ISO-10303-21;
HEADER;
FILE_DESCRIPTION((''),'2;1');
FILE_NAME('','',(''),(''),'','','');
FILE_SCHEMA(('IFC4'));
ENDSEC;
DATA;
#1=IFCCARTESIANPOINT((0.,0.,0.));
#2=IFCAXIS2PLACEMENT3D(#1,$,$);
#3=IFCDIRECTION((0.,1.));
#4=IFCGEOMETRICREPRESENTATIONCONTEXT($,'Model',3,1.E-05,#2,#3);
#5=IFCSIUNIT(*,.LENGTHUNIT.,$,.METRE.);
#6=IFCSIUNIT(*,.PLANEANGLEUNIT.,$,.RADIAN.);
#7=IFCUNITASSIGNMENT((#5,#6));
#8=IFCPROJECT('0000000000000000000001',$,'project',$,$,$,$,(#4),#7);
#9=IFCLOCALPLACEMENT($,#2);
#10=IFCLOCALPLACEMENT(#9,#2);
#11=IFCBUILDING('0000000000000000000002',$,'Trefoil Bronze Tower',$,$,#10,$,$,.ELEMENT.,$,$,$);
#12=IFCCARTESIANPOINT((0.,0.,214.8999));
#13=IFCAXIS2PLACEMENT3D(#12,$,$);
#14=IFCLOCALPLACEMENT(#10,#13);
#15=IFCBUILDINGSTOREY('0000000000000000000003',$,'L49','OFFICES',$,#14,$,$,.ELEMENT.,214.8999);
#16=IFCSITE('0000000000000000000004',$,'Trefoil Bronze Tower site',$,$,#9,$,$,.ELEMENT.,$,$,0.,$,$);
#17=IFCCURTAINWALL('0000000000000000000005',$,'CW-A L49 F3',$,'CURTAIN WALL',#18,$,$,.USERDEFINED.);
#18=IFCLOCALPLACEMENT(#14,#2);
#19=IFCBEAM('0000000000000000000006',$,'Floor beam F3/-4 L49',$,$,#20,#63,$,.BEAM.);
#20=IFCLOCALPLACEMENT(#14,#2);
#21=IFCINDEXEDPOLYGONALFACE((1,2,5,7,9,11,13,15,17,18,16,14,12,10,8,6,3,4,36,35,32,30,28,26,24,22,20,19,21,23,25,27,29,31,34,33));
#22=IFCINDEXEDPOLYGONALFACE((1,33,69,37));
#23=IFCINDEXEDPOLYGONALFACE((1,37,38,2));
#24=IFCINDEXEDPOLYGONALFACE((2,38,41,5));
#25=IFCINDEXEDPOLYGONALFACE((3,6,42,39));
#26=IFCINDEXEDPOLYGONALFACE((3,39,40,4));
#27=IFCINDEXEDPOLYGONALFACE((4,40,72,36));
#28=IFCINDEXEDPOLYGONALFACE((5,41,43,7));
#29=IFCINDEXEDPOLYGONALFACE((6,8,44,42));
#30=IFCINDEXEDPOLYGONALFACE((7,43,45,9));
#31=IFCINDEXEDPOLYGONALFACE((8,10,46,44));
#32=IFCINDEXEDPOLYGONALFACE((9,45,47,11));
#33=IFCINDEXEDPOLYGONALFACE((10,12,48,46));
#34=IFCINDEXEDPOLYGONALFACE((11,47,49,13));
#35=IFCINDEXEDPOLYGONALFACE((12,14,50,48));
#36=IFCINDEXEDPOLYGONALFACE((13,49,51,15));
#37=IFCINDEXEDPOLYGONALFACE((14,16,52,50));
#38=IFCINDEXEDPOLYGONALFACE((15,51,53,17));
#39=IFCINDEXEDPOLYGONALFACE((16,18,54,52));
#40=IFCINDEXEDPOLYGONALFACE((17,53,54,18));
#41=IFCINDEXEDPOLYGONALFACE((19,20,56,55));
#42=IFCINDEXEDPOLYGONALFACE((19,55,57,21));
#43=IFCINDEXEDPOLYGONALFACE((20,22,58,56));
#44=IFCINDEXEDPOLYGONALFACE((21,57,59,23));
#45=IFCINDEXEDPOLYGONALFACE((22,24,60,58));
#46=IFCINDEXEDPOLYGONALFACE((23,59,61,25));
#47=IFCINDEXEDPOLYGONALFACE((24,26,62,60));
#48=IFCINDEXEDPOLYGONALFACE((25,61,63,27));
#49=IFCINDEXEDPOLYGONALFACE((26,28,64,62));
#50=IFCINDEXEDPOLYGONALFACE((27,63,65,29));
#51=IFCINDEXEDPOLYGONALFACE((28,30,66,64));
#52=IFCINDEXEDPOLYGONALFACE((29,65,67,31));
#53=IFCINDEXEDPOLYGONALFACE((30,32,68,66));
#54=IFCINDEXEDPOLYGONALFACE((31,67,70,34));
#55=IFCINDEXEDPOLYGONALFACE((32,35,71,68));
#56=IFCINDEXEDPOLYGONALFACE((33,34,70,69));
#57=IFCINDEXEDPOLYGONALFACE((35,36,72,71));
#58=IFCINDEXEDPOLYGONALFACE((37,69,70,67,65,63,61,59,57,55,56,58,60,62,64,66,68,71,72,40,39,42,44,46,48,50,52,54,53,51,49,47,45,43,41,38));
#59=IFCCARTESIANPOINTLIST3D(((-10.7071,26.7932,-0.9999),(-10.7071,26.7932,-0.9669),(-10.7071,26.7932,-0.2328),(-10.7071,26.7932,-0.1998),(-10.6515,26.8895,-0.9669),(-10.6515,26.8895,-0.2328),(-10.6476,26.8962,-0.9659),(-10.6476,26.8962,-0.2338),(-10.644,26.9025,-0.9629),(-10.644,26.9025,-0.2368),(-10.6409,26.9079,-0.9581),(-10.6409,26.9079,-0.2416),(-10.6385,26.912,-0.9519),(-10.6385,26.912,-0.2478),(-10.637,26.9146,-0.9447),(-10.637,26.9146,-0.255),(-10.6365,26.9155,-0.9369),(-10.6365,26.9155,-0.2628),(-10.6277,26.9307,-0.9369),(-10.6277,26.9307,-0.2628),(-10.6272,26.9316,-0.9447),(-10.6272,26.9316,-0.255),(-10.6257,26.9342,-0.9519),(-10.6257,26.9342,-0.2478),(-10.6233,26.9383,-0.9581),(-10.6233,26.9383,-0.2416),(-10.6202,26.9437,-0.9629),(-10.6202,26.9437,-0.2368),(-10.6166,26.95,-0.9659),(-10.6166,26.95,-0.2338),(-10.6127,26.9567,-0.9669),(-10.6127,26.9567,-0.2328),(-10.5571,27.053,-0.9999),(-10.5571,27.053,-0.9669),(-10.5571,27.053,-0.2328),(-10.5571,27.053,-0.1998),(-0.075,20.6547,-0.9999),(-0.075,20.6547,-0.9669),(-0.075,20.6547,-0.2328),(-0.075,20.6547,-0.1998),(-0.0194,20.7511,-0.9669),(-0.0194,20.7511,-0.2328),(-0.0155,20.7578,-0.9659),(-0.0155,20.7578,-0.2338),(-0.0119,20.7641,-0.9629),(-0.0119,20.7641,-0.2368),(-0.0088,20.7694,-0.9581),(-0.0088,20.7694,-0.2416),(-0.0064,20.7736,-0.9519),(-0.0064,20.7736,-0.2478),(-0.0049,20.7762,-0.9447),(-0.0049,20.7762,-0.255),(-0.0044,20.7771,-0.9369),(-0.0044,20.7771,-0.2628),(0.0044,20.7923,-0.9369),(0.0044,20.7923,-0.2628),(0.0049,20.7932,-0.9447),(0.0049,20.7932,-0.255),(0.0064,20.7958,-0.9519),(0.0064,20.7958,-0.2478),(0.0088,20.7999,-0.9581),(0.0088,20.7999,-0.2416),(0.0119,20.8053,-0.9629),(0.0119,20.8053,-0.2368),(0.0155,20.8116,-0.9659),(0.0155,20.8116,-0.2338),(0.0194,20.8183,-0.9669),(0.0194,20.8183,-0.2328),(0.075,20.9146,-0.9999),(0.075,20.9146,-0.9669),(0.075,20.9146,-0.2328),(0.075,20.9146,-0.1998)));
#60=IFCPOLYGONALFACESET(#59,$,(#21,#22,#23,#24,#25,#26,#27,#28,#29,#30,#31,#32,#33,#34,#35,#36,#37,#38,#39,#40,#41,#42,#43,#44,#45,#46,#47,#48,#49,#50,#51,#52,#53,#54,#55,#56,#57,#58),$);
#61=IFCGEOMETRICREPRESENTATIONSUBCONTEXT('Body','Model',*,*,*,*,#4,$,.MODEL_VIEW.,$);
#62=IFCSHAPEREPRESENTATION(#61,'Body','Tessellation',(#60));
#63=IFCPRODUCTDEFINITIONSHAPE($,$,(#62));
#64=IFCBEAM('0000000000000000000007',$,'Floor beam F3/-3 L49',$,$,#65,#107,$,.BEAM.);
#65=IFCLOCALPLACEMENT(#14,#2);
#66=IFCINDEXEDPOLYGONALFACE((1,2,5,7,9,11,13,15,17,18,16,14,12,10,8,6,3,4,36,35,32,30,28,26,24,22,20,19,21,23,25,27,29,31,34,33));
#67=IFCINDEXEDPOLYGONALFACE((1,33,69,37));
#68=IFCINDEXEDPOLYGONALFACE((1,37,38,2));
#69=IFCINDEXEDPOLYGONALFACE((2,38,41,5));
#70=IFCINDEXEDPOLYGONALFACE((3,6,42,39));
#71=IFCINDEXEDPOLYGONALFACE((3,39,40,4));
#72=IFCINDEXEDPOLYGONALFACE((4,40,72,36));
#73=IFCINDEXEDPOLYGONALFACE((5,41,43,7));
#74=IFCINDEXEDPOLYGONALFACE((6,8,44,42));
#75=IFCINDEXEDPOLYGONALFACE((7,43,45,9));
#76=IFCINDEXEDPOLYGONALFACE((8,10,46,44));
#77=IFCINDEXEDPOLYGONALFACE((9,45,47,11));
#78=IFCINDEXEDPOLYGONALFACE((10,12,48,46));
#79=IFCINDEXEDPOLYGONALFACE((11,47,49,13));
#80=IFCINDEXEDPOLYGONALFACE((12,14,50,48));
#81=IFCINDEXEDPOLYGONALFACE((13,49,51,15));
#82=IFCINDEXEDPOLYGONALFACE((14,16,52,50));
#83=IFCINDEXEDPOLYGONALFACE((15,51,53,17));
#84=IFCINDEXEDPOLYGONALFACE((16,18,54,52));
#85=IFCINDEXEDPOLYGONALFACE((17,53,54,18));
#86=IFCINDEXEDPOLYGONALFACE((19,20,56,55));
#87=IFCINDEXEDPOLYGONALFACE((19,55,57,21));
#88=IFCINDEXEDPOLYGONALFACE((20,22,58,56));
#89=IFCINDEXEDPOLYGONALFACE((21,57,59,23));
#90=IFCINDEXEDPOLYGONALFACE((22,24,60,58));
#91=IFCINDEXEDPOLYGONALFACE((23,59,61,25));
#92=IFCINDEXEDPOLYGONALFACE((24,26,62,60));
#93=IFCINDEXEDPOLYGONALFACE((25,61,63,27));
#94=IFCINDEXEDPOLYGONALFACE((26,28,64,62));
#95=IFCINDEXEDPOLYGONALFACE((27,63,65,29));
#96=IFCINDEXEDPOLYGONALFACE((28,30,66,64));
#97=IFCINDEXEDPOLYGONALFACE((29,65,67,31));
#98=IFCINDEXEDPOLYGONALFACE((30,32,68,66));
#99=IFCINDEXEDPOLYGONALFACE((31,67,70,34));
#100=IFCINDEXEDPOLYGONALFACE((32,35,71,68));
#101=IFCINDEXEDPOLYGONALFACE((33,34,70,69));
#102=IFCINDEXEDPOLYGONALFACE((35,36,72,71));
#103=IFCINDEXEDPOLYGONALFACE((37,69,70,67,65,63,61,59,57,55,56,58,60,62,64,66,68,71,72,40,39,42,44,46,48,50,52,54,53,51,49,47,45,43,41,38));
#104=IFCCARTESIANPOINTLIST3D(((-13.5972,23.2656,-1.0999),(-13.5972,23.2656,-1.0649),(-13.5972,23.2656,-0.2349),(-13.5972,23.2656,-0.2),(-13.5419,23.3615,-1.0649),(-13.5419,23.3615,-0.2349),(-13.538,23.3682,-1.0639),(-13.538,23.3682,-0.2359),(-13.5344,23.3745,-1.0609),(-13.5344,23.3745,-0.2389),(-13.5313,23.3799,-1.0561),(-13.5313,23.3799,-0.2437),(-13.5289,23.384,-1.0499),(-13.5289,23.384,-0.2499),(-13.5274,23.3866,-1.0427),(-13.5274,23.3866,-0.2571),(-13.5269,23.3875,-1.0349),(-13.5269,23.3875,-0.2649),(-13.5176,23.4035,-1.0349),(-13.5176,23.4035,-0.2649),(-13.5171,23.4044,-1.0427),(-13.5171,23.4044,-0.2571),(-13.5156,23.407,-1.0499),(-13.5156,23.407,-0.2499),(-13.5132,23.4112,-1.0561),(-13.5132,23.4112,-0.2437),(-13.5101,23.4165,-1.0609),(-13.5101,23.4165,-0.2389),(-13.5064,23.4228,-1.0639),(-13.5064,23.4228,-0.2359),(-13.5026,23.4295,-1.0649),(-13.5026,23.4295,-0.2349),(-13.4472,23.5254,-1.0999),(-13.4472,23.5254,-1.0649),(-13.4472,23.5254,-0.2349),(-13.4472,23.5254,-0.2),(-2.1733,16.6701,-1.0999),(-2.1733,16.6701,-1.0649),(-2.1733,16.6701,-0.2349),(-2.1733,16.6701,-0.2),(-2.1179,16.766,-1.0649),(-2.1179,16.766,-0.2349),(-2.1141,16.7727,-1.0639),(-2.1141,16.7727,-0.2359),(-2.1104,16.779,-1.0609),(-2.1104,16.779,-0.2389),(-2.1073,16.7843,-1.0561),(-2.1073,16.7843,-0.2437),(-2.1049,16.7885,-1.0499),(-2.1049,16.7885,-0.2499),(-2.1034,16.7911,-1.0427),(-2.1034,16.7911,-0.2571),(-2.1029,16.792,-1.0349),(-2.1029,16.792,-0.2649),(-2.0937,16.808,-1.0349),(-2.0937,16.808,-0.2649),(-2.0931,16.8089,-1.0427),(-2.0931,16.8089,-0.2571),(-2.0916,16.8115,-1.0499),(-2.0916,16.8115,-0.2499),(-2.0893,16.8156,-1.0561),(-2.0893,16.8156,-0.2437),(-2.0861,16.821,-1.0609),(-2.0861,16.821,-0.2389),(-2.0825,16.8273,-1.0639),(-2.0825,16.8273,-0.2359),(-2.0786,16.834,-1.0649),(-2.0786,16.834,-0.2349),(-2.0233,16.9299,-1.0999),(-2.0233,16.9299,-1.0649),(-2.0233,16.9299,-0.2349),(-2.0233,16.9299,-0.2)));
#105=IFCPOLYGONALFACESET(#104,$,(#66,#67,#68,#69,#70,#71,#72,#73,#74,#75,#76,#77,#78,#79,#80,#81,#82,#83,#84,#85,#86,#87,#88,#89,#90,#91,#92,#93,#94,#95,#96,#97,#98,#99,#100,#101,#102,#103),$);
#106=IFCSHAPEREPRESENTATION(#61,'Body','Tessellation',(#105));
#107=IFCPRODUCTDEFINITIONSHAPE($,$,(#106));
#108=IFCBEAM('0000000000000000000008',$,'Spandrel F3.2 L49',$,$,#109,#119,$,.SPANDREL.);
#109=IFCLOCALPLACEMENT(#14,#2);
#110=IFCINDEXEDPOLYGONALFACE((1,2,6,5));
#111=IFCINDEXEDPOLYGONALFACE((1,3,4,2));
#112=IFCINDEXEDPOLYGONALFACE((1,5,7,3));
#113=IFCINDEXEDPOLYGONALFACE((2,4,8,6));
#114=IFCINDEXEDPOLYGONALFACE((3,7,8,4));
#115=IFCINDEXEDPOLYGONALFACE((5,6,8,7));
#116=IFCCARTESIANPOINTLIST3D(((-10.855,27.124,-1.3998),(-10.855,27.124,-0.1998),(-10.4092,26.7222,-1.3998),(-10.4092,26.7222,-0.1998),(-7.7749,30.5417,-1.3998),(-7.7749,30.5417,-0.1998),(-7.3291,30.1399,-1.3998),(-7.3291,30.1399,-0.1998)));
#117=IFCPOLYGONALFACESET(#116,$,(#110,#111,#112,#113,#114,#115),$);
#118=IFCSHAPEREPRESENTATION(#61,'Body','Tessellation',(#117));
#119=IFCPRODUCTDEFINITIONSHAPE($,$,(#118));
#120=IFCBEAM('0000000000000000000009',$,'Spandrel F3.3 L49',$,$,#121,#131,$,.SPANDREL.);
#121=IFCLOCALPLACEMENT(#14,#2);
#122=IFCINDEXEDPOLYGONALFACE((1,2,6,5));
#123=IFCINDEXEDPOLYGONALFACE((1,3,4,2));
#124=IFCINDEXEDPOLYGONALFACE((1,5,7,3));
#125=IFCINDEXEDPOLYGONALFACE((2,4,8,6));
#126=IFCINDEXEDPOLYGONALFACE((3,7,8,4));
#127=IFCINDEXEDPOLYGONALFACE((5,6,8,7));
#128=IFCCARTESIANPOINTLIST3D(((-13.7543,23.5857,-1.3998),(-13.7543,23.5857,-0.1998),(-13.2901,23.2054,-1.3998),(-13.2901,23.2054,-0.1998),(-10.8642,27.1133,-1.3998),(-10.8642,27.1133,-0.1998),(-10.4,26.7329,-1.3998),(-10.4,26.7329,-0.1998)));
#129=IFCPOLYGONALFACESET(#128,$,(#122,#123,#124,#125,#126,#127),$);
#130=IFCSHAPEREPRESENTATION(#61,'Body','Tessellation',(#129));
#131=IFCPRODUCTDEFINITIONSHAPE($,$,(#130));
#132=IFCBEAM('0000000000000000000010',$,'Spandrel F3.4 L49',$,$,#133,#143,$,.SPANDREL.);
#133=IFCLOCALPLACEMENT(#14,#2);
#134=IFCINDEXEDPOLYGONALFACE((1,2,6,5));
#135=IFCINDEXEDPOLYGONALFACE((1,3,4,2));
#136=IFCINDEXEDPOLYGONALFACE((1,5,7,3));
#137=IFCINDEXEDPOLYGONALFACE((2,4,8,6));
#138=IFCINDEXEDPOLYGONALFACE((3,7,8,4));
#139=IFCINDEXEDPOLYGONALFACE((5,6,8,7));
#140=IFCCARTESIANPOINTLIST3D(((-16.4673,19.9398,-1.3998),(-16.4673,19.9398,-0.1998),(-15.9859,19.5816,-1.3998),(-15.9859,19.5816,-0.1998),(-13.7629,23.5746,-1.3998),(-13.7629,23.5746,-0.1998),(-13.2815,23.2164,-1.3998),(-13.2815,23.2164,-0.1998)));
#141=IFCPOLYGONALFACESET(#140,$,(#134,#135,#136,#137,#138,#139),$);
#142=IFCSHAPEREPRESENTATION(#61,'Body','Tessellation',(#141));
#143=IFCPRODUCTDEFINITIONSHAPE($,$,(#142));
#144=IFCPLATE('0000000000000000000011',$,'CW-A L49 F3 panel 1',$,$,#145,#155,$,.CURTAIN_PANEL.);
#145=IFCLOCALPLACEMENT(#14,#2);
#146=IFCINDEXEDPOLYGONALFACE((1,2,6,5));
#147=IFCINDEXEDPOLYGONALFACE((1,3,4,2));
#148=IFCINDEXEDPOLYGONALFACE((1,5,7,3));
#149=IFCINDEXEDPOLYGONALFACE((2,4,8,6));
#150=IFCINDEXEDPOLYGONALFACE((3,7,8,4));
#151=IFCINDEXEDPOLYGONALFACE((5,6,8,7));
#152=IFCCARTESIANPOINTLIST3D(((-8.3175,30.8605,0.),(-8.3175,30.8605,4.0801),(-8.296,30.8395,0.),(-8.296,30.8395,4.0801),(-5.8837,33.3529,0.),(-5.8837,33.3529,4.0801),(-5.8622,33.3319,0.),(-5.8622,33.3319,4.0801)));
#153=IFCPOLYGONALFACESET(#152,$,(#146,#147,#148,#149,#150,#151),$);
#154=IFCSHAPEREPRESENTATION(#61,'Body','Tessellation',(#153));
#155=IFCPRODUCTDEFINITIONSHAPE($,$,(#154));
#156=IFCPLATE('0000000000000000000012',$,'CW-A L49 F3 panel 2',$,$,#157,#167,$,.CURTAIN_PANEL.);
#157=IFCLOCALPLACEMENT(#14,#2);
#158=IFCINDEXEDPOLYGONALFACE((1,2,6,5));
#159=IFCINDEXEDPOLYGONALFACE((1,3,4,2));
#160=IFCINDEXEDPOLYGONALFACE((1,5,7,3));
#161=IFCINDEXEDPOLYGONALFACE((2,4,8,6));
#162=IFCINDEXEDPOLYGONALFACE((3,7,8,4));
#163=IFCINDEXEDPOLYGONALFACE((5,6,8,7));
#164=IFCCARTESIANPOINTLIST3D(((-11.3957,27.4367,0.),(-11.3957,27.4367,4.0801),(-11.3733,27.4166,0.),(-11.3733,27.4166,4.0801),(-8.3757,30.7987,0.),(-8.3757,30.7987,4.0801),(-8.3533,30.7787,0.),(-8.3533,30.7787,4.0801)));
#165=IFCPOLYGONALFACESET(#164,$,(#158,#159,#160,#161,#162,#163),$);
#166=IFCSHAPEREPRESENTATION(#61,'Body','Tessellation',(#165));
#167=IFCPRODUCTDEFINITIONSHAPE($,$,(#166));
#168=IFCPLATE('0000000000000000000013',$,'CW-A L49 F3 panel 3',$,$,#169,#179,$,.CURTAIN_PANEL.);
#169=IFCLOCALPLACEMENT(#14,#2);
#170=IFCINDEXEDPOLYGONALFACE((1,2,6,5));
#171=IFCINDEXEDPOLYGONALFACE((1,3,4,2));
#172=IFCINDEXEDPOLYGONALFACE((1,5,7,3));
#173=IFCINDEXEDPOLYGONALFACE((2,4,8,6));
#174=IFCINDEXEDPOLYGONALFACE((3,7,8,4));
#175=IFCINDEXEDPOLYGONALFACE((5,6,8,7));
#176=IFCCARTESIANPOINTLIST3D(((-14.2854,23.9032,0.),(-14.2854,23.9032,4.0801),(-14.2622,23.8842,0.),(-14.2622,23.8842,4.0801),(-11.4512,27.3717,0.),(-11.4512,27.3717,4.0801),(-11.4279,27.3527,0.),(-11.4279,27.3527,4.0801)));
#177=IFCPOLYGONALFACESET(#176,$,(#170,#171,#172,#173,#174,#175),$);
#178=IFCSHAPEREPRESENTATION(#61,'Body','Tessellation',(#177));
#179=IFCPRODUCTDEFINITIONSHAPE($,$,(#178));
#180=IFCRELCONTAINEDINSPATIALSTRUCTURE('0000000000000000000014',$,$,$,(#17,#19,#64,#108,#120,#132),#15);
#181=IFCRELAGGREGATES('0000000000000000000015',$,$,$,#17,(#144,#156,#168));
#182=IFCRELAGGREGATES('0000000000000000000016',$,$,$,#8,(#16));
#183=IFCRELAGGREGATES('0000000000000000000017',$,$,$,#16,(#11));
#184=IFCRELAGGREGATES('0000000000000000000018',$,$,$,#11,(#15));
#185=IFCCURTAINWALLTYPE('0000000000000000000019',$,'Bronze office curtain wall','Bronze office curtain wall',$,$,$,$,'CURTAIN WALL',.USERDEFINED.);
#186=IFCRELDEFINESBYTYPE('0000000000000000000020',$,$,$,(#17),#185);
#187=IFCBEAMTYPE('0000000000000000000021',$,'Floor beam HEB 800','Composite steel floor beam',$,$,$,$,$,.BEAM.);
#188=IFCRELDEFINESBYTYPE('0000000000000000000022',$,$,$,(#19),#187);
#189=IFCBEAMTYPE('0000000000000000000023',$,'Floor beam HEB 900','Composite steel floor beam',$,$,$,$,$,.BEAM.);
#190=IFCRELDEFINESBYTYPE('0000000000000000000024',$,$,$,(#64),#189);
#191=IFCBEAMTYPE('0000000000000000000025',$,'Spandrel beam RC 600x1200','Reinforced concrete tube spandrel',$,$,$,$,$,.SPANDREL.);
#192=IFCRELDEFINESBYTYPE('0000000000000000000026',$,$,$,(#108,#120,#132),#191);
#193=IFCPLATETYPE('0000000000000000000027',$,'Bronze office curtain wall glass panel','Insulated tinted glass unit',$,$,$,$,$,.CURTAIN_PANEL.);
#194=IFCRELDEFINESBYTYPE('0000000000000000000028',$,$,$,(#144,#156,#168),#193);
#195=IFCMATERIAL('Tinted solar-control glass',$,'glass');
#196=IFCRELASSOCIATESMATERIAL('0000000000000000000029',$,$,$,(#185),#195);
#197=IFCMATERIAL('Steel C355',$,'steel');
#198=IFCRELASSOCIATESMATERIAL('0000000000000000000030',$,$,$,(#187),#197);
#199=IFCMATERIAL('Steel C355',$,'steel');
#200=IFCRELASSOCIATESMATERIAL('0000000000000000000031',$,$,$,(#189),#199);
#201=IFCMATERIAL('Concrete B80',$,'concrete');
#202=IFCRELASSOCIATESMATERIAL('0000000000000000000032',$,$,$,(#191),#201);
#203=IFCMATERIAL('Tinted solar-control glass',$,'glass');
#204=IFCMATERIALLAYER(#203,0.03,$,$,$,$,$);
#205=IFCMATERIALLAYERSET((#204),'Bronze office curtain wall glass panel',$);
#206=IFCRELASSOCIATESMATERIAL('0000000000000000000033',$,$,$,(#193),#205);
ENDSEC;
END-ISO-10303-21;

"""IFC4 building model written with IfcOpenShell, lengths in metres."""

from ifc_helpers import new_model, si_unit, direction, frame, origin, origin_2d, place, context, subcontext, project, spatial, rectangle, i_section, extrude, material, layer, layer_set, material_profile, profile_set, type_object, element, aggregate, save


model = new_model("IFC4")

# Units and contexts
model_context = context("Model", 3, precision=1e-05, world=origin(), true_north=direction((0.0, 1.0)))
body_context = subcontext(model_context, "Body", "Model", "MODEL_VIEW")
ifc_project = project(units=[si_unit("LENGTHUNIT", "METRE"), si_unit("PLANEANGLEUNIT", "RADIAN")], contexts=[model_context])

# Site, building, storey
site_placement = place(None, origin())
site = spatial("IfcSite", under=ifc_project, at=site_placement, Name="Trefoil Bronze Tower site", CompositionType="ELEMENT", RefElevation=0.0)
building_placement = place(site_placement, origin())
building = spatial("IfcBuilding", under=site, at=building_placement, Name="Trefoil Bronze Tower", CompositionType="ELEMENT")
storey_placement = place(building_placement, frame((0.0, 0.0, 214.8999)))
storey = spatial("IfcBuildingStorey", under=building, at=storey_placement, Name="L49", Description="OFFICES", CompositionType="ELEMENT", Elevation=214.8999)

# Curtain wall
ifc_material_1 = material(Name="Tinted solar-control glass", Category="glass")
curtain_wall_type_1 = type_object("IfcCurtainWallType", Name="Bronze office curtain wall", Description="Bronze office curtain wall", ElementType="CURTAIN WALL", PredefinedType="USERDEFINED", material=ifc_material_1)
curtain_wall_1_placement = place(storey_placement, origin())
curtain_wall_1 = element("IfcCurtainWall", 1, at=curtain_wall_1_placement, inside=storey, type_object=curtain_wall_type_1, Name="CW-A L49 F3", ObjectType="CURTAIN WALL", PredefinedType="USERDEFINED")

# Beams
ifc_material_2 = material(Name="Steel C355", Category="steel")
ifc_material_profile_1 = material_profile(ifc_material_2, i_section(OverallWidth=0.3, OverallDepth=0.8, WebThickness=0.0176, FlangeThickness=0.033, FilletRadius=0.03, at=origin_2d()), Name="HEB 800")
ifc_profile_set_1 = profile_set([ifc_material_profile_1], Name="Steel C355")
beam_type_1 = type_object("IfcBeamType", Name="Floor beam HEB 800", Description="Composite steel floor beam", PredefinedType="BEAM", material=ifc_profile_set_1)
beam_1_placement = place(storey_placement, frame((-10.6321, 26.9231, -0.5999), z_axis=(0.866026, -0.5, 0.0), x_axis=(0.5, 0.866026, 0.0)))
element("IfcBeam", 2, at=beam_1_placement, inside=storey, type_object=beam_type_1, Name="Floor beam F3/-4 L49", PredefinedType="BEAM", context=body_context, shape_type="SweptSolid", body=[
    extrude(i_section(OverallWidth=0.3, OverallDepth=0.8, WebThickness=0.0176, FlangeThickness=0.033, FilletRadius=0.03, at=origin_2d()), origin(), (0.0, 0.0, 1.0), 12.2769),
])
ifc_material_3 = material(Name="Steel C355", Category="steel")
ifc_material_profile_2 = material_profile(ifc_material_3, i_section(OverallWidth=0.3, OverallDepth=0.8999, WebThickness=0.0186, FlangeThickness=0.0349, FilletRadius=0.03, at=origin_2d()), Name="HEB 900")
ifc_profile_set_2 = profile_set([ifc_material_profile_2], Name="Steel C355")
beam_type_2 = type_object("IfcBeamType", Name="Floor beam HEB 900", Description="Composite steel floor beam", PredefinedType="BEAM", material=ifc_profile_set_2)
beam_2_placement = place(storey_placement, frame((-13.5222, 23.3955, -0.6499), z_axis=(0.866028, -0.499995, 0.0), x_axis=(0.499995, 0.866028, 0.0)))
element("IfcBeam", 3, at=beam_2_placement, inside=storey, type_object=beam_type_2, Name="Floor beam F3/-3 L49", PredefinedType="BEAM", context=body_context, shape_type="SweptSolid", body=[
    extrude(i_section(OverallWidth=0.3, OverallDepth=0.8999, WebThickness=0.0186, FlangeThickness=0.0349, FilletRadius=0.03, at=origin_2d()), origin(), (0.0, 0.0, 1.0), 13.1912),
])
ifc_material_4 = material(Name="Concrete B80", Category="concrete")
ifc_material_profile_3 = material_profile(ifc_material_4, rectangle(XDim=0.6001, YDim=1.2, at=origin_2d()), Name="RC 600x1200")
ifc_profile_set_3 = profile_set([ifc_material_profile_3], Name="Concrete B80")
beam_type_3 = type_object("IfcBeamType", Name="Spandrel beam RC 600x1200", Description="Reinforced concrete tube spandrel", PredefinedType="SPANDREL", material=ifc_profile_set_3)
beam_3_placement = place(storey_placement, frame((-7.552, 30.3408, -0.7998), z_axis=(-0.66946, -0.742848, 0.0), x_axis=(0.742848, -0.66946, 0.0)))
element("IfcBeam", 4, at=beam_3_placement, inside=storey, type_object=beam_type_3, Name="Spandrel F3.2 L49", PredefinedType="SPANDREL", context=body_context, shape_type="SweptSolid", body=[
    extrude(rectangle(XDim=0.6001, YDim=1.2, at=origin_2d()), origin(), (0.0, 0.0, 1.0), 4.6008),
])
beam_4_placement = place(storey_placement, frame((-10.6321, 26.9231, -0.7998), z_axis=(-0.633754, -0.773535, 0.0), x_axis=(0.773535, -0.633754, 0.0)))
element("IfcBeam", 5, at=beam_4_placement, inside=storey, type_object=beam_type_3, Name="Spandrel F3.3 L49", PredefinedType="SPANDREL", context=body_context, shape_type="SweptSolid", body=[
    extrude(rectangle(XDim=0.6001, YDim=1.2, at=origin_2d()), origin(), (0.0, 0.0, 1.0), 4.5603),
])
beam_5_placement = place(storey_placement, frame((-13.5222, 23.3955, -0.7998), z_axis=(-0.596926, -0.802296, 0.0), x_axis=(0.802296, -0.596926, 0.0)))
element("IfcBeam", 6, at=beam_5_placement, inside=storey, type_object=beam_type_3, Name="Spandrel F3.4 L49", PredefinedType="SPANDREL", context=body_context, shape_type="SweptSolid", body=[
    extrude(rectangle(XDim=0.6001, YDim=1.2, at=origin_2d()), origin(), (0.0, 0.0, 1.0), 4.5305),
])

# Plates
ifc_material_5 = material(Name="Tinted solar-control glass", Category="glass")
ifc_layer_1 = layer(ifc_material_5, 0.03)
ifc_layer_set_1 = layer_set([ifc_layer_1], Name="Bronze office curtain wall glass panel")
plate_type_1 = type_object("IfcPlateType", Name="Bronze office curtain wall glass panel", Description="Insulated tinted glass unit", PredefinedType="CURTAIN_PANEL", material=ifc_layer_set_1)
plate_1_placement = place(storey_placement, frame((-7.0898, 32.0962, 0.0), z_axis=(0.0, 0.0, 1.0), x_axis=(-0.698652, -0.715462, 0.0)))
plate_1 = element("IfcPlate", 7, at=plate_1_placement, type_object=plate_type_1, Name="CW-A L49 F3 panel 1", PredefinedType="CURTAIN_PANEL", context=body_context, shape_type="SweptSolid", body=[
    extrude(rectangle(XDim=3.4836, YDim=0.03, at=origin_2d()), origin(), (0.0, 0.0, 1.0), 4.0801),
])
plate_2_placement = place(storey_placement, frame((-9.8745, 29.1077, 0.0), z_axis=(0.0, 0.0, 1.0), x_axis=(-0.668246, -0.743941, 0.0)))
plate_2 = element("IfcPlate", 8, at=plate_2_placement, type_object=plate_type_1, Name="CW-A L49 F3 panel 2", PredefinedType="CURTAIN_PANEL", context=body_context, shape_type="SweptSolid", body=[
    extrude(rectangle(XDim=4.5193, YDim=0.03, at=origin_2d()), origin(), (0.0, 0.0, 1.0), 4.0801),
])
plate_3_placement = place(storey_placement, frame((-12.8567, 25.6279, 0.0), z_axis=(0.0, 0.0, 1.0), x_axis=(-0.632753, -0.774354, 0.0)))
plate_3 = element("IfcPlate", 9, at=plate_3_placement, type_object=plate_type_1, Name="CW-A L49 F3 panel 3", PredefinedType="CURTAIN_PANEL", context=body_context, shape_type="SweptSolid", body=[
    extrude(rectangle(XDim=4.4792, YDim=0.03, at=origin_2d()), origin(), (0.0, 0.0, 1.0), 4.0801),
])
aggregate(curtain_wall_1, [plate_1, plate_2, plate_3])

save(model, "model.ifc")
